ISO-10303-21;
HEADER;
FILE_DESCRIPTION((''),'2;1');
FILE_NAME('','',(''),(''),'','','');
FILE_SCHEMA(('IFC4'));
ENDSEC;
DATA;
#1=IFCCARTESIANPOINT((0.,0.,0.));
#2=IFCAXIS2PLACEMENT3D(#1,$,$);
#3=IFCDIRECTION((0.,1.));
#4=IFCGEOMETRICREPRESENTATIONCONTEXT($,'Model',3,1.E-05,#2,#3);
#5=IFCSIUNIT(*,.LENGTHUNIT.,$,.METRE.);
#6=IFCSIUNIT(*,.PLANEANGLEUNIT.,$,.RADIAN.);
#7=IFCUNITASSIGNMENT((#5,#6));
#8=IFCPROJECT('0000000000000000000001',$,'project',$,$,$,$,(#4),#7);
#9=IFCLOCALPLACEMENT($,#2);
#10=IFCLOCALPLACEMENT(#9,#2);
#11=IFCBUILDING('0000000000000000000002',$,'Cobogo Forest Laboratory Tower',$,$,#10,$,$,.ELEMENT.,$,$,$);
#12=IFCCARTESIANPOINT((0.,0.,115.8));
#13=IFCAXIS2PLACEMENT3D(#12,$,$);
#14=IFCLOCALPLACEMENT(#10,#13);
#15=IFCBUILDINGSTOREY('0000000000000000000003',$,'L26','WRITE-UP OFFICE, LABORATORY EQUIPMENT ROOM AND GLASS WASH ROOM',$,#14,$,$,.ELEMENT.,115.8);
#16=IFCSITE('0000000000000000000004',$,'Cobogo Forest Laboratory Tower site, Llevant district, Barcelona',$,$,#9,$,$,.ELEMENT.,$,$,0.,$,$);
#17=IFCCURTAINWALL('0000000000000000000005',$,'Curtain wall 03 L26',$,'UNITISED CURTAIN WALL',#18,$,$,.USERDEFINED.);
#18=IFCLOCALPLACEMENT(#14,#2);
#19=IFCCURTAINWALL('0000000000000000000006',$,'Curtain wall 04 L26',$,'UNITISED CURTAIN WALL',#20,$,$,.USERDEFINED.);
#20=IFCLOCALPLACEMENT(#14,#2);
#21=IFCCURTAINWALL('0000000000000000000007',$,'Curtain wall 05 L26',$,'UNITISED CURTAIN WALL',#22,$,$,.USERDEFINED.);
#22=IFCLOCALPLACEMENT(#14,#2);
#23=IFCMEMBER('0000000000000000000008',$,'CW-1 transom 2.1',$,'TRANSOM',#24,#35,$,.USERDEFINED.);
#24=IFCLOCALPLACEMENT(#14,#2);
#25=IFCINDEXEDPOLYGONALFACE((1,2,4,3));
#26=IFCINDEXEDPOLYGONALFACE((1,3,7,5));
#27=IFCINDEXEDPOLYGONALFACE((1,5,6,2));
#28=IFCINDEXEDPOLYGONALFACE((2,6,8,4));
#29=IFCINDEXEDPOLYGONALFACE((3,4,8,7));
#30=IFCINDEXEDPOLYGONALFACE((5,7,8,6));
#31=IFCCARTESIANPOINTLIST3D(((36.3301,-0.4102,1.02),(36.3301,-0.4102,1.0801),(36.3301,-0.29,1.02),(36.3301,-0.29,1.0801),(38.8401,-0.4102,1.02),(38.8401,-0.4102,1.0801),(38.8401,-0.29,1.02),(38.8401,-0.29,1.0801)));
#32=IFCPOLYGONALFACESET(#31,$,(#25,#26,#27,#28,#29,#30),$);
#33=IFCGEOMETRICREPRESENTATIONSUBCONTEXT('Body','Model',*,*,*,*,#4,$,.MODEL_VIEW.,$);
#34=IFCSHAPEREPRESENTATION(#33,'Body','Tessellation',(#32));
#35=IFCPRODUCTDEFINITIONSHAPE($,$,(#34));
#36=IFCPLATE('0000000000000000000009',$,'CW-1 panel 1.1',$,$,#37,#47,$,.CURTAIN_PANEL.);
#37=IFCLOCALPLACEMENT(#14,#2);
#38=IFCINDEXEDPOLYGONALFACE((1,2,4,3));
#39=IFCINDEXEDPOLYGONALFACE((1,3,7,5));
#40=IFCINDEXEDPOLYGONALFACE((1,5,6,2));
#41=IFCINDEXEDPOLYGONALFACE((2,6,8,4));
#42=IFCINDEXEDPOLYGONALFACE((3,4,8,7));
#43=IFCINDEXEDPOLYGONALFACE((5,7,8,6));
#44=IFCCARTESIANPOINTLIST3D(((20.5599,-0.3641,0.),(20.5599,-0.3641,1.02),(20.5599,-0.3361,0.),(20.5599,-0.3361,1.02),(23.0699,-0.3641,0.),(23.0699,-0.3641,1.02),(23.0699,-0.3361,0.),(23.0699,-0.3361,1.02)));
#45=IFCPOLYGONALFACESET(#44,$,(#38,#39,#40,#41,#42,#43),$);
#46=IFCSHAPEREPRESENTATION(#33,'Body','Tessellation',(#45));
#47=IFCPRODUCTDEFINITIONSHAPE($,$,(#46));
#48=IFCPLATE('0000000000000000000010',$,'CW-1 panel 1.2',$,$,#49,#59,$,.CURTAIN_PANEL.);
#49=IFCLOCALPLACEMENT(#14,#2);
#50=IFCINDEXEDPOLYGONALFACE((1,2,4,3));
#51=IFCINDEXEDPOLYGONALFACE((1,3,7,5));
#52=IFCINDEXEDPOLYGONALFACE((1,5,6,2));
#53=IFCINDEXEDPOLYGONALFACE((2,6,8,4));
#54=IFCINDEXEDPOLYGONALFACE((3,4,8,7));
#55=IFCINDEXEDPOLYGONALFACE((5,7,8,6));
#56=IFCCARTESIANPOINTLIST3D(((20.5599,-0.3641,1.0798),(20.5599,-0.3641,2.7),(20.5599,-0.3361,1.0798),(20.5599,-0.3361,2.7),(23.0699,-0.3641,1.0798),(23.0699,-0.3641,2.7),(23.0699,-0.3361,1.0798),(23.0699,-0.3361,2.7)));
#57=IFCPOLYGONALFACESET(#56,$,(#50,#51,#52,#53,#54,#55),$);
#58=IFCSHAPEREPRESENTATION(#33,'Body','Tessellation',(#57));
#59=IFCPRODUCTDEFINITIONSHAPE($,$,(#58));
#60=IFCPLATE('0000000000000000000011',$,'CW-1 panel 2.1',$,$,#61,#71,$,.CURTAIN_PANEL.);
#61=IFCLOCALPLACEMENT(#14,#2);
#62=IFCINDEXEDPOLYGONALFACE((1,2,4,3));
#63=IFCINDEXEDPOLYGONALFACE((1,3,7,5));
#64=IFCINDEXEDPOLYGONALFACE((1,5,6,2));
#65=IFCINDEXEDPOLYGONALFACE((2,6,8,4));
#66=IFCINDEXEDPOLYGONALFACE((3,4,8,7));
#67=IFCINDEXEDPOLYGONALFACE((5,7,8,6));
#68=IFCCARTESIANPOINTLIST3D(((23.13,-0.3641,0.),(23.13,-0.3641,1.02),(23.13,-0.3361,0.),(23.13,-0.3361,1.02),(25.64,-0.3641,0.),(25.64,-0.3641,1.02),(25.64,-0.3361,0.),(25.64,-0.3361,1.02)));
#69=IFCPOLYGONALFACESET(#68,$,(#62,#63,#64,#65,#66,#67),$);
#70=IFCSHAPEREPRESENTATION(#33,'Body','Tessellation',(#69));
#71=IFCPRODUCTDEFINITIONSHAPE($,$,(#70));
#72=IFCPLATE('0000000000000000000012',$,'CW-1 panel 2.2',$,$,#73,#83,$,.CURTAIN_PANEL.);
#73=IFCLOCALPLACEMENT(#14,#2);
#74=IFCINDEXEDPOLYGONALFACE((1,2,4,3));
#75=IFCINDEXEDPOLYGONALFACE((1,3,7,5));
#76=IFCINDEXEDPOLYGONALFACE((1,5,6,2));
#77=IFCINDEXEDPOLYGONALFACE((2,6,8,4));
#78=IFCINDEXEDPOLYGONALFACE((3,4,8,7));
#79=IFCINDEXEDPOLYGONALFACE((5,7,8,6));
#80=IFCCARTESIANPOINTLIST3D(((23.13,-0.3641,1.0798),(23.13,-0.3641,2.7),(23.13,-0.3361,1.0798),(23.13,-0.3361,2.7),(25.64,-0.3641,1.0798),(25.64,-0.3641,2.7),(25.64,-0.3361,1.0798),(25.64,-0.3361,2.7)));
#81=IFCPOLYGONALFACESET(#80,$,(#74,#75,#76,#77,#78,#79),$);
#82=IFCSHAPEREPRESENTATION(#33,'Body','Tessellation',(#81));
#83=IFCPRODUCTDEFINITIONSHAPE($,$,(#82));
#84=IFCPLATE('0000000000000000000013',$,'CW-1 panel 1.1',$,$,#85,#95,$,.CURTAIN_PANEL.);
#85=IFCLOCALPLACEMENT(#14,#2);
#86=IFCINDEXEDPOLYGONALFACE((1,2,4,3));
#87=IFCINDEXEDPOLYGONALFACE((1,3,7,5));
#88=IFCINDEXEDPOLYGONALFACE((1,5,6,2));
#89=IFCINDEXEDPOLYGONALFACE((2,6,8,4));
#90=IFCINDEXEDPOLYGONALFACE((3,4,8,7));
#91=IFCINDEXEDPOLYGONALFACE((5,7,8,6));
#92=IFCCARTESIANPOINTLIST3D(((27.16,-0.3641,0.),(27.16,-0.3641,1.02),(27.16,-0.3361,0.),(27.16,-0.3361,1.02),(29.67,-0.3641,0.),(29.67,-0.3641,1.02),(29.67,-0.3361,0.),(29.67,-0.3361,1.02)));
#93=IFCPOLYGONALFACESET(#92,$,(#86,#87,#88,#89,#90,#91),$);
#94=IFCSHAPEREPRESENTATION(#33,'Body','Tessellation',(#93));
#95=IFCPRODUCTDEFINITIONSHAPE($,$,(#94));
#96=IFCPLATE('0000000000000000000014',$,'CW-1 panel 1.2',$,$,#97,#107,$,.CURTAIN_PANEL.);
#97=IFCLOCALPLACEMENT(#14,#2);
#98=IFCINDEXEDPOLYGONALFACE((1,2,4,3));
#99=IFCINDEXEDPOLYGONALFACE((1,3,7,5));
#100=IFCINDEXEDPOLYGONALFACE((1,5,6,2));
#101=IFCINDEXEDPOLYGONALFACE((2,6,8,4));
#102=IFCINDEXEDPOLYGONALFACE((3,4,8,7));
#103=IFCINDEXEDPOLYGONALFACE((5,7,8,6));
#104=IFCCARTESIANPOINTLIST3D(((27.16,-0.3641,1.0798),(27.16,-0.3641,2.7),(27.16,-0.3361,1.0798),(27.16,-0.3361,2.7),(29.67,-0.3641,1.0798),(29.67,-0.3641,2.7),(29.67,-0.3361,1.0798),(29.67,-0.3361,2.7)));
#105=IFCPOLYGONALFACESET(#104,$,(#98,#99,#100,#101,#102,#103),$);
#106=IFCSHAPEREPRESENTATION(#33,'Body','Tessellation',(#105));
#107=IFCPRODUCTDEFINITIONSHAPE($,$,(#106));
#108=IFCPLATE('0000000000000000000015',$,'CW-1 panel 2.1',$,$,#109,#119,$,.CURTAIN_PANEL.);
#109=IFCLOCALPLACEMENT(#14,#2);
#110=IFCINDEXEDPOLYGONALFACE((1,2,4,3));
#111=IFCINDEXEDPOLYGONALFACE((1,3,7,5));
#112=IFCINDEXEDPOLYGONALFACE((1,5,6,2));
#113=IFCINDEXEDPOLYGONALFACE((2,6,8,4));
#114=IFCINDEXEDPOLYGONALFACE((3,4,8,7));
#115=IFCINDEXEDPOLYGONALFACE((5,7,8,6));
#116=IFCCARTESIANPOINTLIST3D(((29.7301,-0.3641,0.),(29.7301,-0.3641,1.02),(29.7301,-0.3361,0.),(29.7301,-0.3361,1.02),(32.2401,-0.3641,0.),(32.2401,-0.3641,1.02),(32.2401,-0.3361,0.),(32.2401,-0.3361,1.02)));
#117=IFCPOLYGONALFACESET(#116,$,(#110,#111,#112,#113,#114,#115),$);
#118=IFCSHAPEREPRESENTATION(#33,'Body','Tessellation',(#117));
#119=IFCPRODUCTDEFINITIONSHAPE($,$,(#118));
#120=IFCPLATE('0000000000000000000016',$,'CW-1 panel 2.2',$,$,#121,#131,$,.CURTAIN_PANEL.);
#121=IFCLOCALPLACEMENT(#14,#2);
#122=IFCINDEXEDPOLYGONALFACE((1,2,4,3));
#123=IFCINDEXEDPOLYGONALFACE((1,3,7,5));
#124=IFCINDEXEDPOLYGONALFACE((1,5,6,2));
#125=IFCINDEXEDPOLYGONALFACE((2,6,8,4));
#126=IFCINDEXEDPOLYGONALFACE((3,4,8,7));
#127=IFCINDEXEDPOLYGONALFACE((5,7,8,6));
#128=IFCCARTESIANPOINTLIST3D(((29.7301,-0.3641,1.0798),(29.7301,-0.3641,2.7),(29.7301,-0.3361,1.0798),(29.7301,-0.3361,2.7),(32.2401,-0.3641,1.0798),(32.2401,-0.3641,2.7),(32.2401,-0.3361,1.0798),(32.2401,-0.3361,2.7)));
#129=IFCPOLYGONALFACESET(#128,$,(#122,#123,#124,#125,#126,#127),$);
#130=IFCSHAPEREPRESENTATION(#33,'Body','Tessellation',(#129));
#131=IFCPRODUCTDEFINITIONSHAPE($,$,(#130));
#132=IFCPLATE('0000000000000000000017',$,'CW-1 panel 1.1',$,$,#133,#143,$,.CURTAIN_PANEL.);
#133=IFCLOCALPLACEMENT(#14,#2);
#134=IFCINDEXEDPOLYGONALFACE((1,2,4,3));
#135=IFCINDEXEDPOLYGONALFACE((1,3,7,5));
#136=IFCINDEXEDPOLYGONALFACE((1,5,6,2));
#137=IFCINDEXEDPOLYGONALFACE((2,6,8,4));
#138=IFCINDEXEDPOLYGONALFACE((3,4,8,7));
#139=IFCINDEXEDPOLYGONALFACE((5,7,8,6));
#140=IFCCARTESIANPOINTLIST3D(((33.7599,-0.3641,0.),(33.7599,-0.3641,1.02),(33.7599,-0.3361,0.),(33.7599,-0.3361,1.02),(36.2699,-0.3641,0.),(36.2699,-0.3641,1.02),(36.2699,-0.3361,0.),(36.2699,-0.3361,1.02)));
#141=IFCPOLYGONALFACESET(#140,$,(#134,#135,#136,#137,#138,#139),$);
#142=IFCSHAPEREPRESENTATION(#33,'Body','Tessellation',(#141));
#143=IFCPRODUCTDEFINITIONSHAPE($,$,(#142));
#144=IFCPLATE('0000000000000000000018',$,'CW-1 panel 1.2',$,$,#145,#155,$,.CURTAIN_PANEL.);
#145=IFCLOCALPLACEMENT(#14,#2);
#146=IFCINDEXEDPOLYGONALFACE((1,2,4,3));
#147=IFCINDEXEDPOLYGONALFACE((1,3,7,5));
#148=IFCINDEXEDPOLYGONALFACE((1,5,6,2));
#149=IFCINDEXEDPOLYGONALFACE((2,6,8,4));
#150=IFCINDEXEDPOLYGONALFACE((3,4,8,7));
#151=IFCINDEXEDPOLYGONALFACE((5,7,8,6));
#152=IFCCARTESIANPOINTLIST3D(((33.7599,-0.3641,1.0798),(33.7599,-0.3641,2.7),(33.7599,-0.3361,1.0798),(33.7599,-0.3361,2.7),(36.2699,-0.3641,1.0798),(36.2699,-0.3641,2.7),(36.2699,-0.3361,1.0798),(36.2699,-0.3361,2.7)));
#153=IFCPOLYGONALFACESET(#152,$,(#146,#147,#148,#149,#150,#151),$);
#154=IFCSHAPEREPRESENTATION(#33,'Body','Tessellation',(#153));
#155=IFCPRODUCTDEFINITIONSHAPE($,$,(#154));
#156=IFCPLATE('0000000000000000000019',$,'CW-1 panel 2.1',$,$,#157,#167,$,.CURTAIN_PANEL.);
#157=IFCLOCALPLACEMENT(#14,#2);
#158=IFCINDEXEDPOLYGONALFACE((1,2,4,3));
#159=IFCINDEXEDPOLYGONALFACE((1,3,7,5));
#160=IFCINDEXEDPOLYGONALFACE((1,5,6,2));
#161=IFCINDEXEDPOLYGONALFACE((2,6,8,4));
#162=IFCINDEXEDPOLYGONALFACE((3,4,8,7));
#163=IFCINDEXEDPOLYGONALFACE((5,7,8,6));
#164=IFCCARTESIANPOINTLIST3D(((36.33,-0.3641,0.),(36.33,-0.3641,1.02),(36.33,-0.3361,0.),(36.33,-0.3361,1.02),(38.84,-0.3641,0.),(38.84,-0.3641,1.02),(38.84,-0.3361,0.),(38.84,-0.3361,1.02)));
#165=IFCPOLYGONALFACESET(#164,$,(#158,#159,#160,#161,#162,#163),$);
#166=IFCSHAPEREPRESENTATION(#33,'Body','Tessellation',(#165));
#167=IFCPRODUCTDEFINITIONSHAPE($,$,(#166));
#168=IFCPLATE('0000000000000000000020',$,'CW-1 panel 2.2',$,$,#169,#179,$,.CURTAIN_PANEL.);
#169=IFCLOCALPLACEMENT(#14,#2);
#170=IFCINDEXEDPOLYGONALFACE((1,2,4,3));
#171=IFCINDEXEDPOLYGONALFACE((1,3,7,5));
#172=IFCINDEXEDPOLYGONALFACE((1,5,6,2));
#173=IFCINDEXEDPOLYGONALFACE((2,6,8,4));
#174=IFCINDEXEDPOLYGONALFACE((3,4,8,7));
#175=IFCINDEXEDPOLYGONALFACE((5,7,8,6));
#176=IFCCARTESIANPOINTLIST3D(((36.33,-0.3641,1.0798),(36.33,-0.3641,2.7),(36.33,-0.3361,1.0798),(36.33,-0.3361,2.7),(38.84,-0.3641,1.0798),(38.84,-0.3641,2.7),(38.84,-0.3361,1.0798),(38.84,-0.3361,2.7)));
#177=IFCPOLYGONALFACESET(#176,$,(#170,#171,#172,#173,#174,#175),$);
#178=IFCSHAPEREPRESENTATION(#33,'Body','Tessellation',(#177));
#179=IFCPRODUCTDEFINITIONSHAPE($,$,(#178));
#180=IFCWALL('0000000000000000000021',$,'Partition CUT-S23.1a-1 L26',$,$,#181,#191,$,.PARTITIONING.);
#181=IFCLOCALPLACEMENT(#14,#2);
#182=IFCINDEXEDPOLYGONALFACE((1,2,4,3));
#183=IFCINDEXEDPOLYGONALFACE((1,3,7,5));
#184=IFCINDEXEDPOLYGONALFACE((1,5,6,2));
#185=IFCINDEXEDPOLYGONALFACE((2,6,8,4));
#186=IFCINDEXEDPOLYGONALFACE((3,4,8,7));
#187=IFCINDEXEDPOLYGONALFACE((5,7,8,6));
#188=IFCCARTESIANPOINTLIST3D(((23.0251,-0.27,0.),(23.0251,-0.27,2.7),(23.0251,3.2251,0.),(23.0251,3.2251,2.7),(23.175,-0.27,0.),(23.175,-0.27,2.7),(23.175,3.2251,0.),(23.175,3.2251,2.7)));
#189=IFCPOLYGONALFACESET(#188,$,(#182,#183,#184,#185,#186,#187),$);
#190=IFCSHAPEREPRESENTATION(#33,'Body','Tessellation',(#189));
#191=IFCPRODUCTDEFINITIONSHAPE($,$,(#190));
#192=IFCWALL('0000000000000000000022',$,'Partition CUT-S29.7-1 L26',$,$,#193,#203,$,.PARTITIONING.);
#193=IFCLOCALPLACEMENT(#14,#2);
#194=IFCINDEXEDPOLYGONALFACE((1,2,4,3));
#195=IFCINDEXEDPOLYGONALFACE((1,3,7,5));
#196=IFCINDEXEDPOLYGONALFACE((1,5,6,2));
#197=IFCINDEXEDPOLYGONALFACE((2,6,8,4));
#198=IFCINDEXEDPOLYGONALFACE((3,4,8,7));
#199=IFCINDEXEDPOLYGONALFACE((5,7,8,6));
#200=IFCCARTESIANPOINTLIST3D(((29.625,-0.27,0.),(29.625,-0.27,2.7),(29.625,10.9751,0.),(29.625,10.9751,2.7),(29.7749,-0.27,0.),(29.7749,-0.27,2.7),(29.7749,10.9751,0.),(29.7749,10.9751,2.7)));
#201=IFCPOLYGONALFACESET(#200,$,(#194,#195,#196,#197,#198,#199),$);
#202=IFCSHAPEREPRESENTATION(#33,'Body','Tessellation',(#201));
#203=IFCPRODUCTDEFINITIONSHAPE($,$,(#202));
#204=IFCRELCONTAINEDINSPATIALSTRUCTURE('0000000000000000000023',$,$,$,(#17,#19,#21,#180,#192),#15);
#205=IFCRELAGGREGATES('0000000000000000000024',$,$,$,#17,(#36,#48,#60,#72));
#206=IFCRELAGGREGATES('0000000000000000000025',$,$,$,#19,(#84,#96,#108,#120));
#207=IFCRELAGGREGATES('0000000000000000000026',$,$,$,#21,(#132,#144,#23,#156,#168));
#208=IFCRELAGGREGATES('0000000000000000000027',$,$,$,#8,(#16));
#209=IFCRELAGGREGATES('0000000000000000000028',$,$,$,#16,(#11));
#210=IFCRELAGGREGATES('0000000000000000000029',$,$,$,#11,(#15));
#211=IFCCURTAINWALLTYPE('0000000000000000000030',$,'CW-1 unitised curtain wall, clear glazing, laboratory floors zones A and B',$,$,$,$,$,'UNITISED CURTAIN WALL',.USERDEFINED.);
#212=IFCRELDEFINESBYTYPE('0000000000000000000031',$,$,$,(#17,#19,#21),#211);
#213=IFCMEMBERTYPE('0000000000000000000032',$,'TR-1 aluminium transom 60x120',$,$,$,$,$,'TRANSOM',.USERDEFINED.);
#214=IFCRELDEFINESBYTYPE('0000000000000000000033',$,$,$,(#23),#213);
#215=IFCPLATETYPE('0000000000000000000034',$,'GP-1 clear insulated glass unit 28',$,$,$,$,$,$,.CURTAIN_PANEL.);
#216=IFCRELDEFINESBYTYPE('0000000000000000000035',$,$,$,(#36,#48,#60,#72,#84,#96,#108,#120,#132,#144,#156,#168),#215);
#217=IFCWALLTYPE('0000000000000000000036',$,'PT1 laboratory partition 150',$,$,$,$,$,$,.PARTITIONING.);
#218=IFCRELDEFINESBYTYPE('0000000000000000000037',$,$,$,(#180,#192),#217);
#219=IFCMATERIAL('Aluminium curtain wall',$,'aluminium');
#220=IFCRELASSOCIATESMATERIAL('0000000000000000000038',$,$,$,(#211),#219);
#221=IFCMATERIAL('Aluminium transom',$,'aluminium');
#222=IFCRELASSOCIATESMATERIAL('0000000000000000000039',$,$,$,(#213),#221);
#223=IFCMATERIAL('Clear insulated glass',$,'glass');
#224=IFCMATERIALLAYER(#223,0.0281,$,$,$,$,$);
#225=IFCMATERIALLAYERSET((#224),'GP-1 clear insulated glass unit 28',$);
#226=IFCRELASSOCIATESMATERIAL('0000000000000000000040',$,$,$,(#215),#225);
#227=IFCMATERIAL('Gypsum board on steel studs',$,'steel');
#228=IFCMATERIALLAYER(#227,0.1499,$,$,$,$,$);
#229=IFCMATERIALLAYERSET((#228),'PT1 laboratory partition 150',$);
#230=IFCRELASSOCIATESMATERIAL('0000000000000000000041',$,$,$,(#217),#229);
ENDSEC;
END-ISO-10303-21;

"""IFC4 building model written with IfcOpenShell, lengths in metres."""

from ifc_helpers import new_model, si_unit, direction, frame, frame_2d, origin, origin_2d, place, context, subcontext, project, spatial, rectangle, extrude, material, layer, layer_set, material_profile, profile_set, type_object, element, aggregate, save


model = new_model("IFC4")

# Units and contexts
model_context = context("Model", 3, precision=1e-05, world=origin(), true_north=direction((0.0, 1.0)))
body_context = subcontext(model_context, "Body", "Model", "MODEL_VIEW")
ifc_project = project(units=[si_unit("LENGTHUNIT", "METRE"), si_unit("PLANEANGLEUNIT", "RADIAN")], contexts=[model_context])

# Site, building, storey
site_placement = place(None, origin())
site = spatial("IfcSite", under=ifc_project, at=site_placement, Name="Cobogo Forest Laboratory Tower site, Llevant district, Barcelona", CompositionType="ELEMENT", RefElevation=0.0)
building_placement = place(site_placement, origin())
building = spatial("IfcBuilding", under=site, at=building_placement, Name="Cobogo Forest Laboratory Tower", CompositionType="ELEMENT")
storey_placement = place(building_placement, frame((0.0, 0.0, 115.8)))
storey = spatial("IfcBuildingStorey", under=building, at=storey_placement, Name="L26", Description="WRITE-UP OFFICE, LABORATORY EQUIPMENT ROOM AND GLASS WASH ROOM", CompositionType="ELEMENT", Elevation=115.8)

# Curtain walls
ifc_material_1 = material(Name="Aluminium curtain wall", Category="aluminium")
curtain_wall_type = type_object("IfcCurtainWallType", Name="CW-1 unitised curtain wall, clear glazing, laboratory floors zones A and B", ElementType="UNITISED CURTAIN WALL", PredefinedType="USERDEFINED", material=ifc_material_1)
curtain_wall_1_placement = place(storey_placement, origin())
curtain_wall_1 = element("IfcCurtainWall", 1, at=curtain_wall_1_placement, inside=storey, type_object=curtain_wall_type, Name="Curtain wall 03 L26", ObjectType="UNITISED CURTAIN WALL", PredefinedType="USERDEFINED")
curtain_wall_2_placement = place(storey_placement, origin())
curtain_wall_2 = element("IfcCurtainWall", 2, at=curtain_wall_2_placement, inside=storey, type_object=curtain_wall_type, Name="Curtain wall 04 L26", ObjectType="UNITISED CURTAIN WALL", PredefinedType="USERDEFINED")
curtain_wall_3_placement = place(storey_placement, origin())
curtain_wall_3 = element("IfcCurtainWall", 3, at=curtain_wall_3_placement, inside=storey, type_object=curtain_wall_type, Name="Curtain wall 05 L26", ObjectType="UNITISED CURTAIN WALL", PredefinedType="USERDEFINED")

# Member
ifc_material_2 = material(Name="Aluminium transom", Category="aluminium")
ifc_material_profile_1 = material_profile(ifc_material_2, rectangle(XDim=0.1201, YDim=0.0601, at=origin_2d()), Name="AL 60x120")
ifc_profile_set_1 = profile_set([ifc_material_profile_1], Name="Aluminium transom")
member_type_1 = type_object("IfcMemberType", Name="TR-1 aluminium transom 60x120", ElementType="TRANSOM", PredefinedType="USERDEFINED", material=ifc_profile_set_1)
member_1_placement = place(storey_placement, frame((36.3301, -0.3501, 1.05), z_axis=(1.0, 0.0, 0.0), x_axis=(0.0, 1.0, 0.0)))
member_1 = element("IfcMember", 4, at=member_1_placement, type_object=member_type_1, Name="CW-1 transom 2.1", ObjectType="TRANSOM", PredefinedType="USERDEFINED", context=body_context, shape_type="SweptSolid", body=[
    extrude(rectangle(XDim=0.1201, YDim=0.0601, at=origin_2d()), origin(), (0.0, 0.0, 1.0), 2.51),
])

# Plates
ifc_material_3 = material(Name="Clear insulated glass", Category="glass")
ifc_layer_1 = layer(ifc_material_3, 0.0281)
ifc_layer_set_1 = layer_set([ifc_layer_1], Name="GP-1 clear insulated glass unit 28")
plate_type_1 = type_object("IfcPlateType", Name="GP-1 clear insulated glass unit 28", PredefinedType="CURTAIN_PANEL", material=ifc_layer_set_1)
plate_1_placement = place(storey_placement, frame((21.8149, -0.3501, 0.0), z_axis=(0.0, 0.0, 1.0), x_axis=(1.0, 0.0, 0.0)))
plate_1 = element("IfcPlate", 5, at=plate_1_placement, type_object=plate_type_1, Name="CW-1 panel 1.1", PredefinedType="CURTAIN_PANEL", context=body_context, shape_type="SweptSolid", body=[
    extrude(rectangle(XDim=2.51, YDim=0.0281, at=origin_2d()), origin(), (0.0, 0.0, 1.0), 1.02),
])
plate_2_placement = place(storey_placement, frame((21.8149, -0.3501, 1.0798), z_axis=(0.0, 0.0, 1.0), x_axis=(1.0, 0.0, 0.0)))
plate_2 = element("IfcPlate", 6, at=plate_2_placement, type_object=plate_type_1, Name="CW-1 panel 1.2", PredefinedType="CURTAIN_PANEL", context=body_context, shape_type="SweptSolid", body=[
    extrude(rectangle(XDim=2.51, YDim=0.0281, at=origin_2d()), origin(), (0.0, 0.0, 1.0), 1.6201),
])
plate_3_placement = place(storey_placement, frame((24.385, -0.3501, 0.0), z_axis=(0.0, 0.0, 1.0), x_axis=(1.0, 0.0, 0.0)))
plate_3 = element("IfcPlate", 7, at=plate_3_placement, type_object=plate_type_1, Name="CW-1 panel 2.1", PredefinedType="CURTAIN_PANEL", context=body_context, shape_type="SweptSolid", body=[
    extrude(rectangle(XDim=2.51, YDim=0.0281, at=origin_2d()), origin(), (0.0, 0.0, 1.0), 1.02),
])
plate_4_placement = place(storey_placement, frame((24.385, -0.3501, 1.0798), z_axis=(0.0, 0.0, 1.0), x_axis=(1.0, 0.0, 0.0)))
plate_4 = element("IfcPlate", 8, at=plate_4_placement, type_object=plate_type_1, Name="CW-1 panel 2.2", PredefinedType="CURTAIN_PANEL", context=body_context, shape_type="SweptSolid", body=[
    extrude(rectangle(XDim=2.51, YDim=0.0281, at=origin_2d()), origin(), (0.0, 0.0, 1.0), 1.6201),
])
aggregate(curtain_wall_1, [plate_1, plate_2, plate_3, plate_4])
plate_5_placement = place(storey_placement, frame((28.415, -0.3501, 0.0), z_axis=(0.0, 0.0, 1.0), x_axis=(1.0, 0.0, 0.0)))
plate_5 = element("IfcPlate", 9, at=plate_5_placement, type_object=plate_type_1, Name="CW-1 panel 1.1", PredefinedType="CURTAIN_PANEL", context=body_context, shape_type="SweptSolid", body=[
    extrude(rectangle(XDim=2.51, YDim=0.0281, at=origin_2d()), origin(), (0.0, 0.0, 1.0), 1.02),
])
plate_6_placement = place(storey_placement, frame((28.415, -0.3501, 1.0798), z_axis=(0.0, 0.0, 1.0), x_axis=(1.0, 0.0, 0.0)))
plate_6 = element("IfcPlate", 10, at=plate_6_placement, type_object=plate_type_1, Name="CW-1 panel 1.2", PredefinedType="CURTAIN_PANEL", context=body_context, shape_type="SweptSolid", body=[
    extrude(rectangle(XDim=2.51, YDim=0.0281, at=origin_2d()), origin(), (0.0, 0.0, 1.0), 1.6201),
])
plate_7_placement = place(storey_placement, frame((30.9851, -0.3501, 0.0), z_axis=(0.0, 0.0, 1.0), x_axis=(1.0, 0.0, 0.0)))
plate_7 = element("IfcPlate", 11, at=plate_7_placement, type_object=plate_type_1, Name="CW-1 panel 2.1", PredefinedType="CURTAIN_PANEL", context=body_context, shape_type="SweptSolid", body=[
    extrude(rectangle(XDim=2.51, YDim=0.0281, at=origin_2d()), origin(), (0.0, 0.0, 1.0), 1.02),
])
plate_8_placement = place(storey_placement, frame((30.9851, -0.3501, 1.0798), z_axis=(0.0, 0.0, 1.0), x_axis=(1.0, 0.0, 0.0)))
plate_8 = element("IfcPlate", 12, at=plate_8_placement, type_object=plate_type_1, Name="CW-1 panel 2.2", PredefinedType="CURTAIN_PANEL", context=body_context, shape_type="SweptSolid", body=[
    extrude(rectangle(XDim=2.51, YDim=0.0281, at=origin_2d()), origin(), (0.0, 0.0, 1.0), 1.6201),
])
aggregate(curtain_wall_2, [plate_5, plate_6, plate_7, plate_8])
plate_9_placement = place(storey_placement, frame((35.0149, -0.3501, 0.0), z_axis=(0.0, 0.0, 1.0), x_axis=(1.0, 0.0, 0.0)))
plate_9 = element("IfcPlate", 13, at=plate_9_placement, type_object=plate_type_1, Name="CW-1 panel 1.1", PredefinedType="CURTAIN_PANEL", context=body_context, shape_type="SweptSolid", body=[
    extrude(rectangle(XDim=2.51, YDim=0.0281, at=origin_2d()), origin(), (0.0, 0.0, 1.0), 1.02),
])
plate_10_placement = place(storey_placement, frame((35.0149, -0.3501, 1.0798), z_axis=(0.0, 0.0, 1.0), x_axis=(1.0, 0.0, 0.0)))
plate_10 = element("IfcPlate", 14, at=plate_10_placement, type_object=plate_type_1, Name="CW-1 panel 1.2", PredefinedType="CURTAIN_PANEL", context=body_context, shape_type="SweptSolid", body=[
    extrude(rectangle(XDim=2.51, YDim=0.0281, at=origin_2d()), origin(), (0.0, 0.0, 1.0), 1.6201),
])
plate_11_placement = place(storey_placement, frame((37.585, -0.3501, 0.0), z_axis=(0.0, 0.0, 1.0), x_axis=(1.0, 0.0, 0.0)))
plate_11 = element("IfcPlate", 15, at=plate_11_placement, type_object=plate_type_1, Name="CW-1 panel 2.1", PredefinedType="CURTAIN_PANEL", context=body_context, shape_type="SweptSolid", body=[
    extrude(rectangle(XDim=2.51, YDim=0.0281, at=origin_2d()), origin(), (0.0, 0.0, 1.0), 1.02),
])
plate_12_placement = place(storey_placement, frame((37.585, -0.3501, 1.0798), z_axis=(0.0, 0.0, 1.0), x_axis=(1.0, 0.0, 0.0)))
plate_12 = element("IfcPlate", 16, at=plate_12_placement, type_object=plate_type_1, Name="CW-1 panel 2.2", PredefinedType="CURTAIN_PANEL", context=body_context, shape_type="SweptSolid", body=[
    extrude(rectangle(XDim=2.51, YDim=0.0281, at=origin_2d()), origin(), (0.0, 0.0, 1.0), 1.6201),
])
aggregate(curtain_wall_3, [plate_9, plate_10, member_1, plate_11, plate_12])

# Walls
ifc_material_4 = material(Name="Gypsum board on steel studs", Category="steel")
ifc_layer_2 = layer(ifc_material_4, 0.1499)
ifc_layer_set_2 = layer_set([ifc_layer_2], Name="PT1 laboratory partition 150")
wall_type = type_object("IfcWallType", Name="PT1 laboratory partition 150", PredefinedType="PARTITIONING", material=ifc_layer_set_2)
wall_1_placement = place(storey_placement, frame((23.1001, -0.27, 0.0), z_axis=(0.0, 0.0, 1.0), x_axis=(0.0, 1.0, 0.0)))
element("IfcWall", 17, at=wall_1_placement, inside=storey, type_object=wall_type, Name="Partition CUT-S23.1a-1 L26", PredefinedType="PARTITIONING", context=body_context, shape_type="SweptSolid", body=[
    extrude(rectangle(XDim=3.4951, YDim=0.1499, at=frame_2d((1.7476, 0.0))), origin(), (0.0, 0.0, 1.0), 2.7),
])
wall_2_placement = place(storey_placement, frame((29.7, -0.27, 0.0), z_axis=(0.0, 0.0, 1.0), x_axis=(0.0, 1.0, 0.0)))
element("IfcWall", 18, at=wall_2_placement, inside=storey, type_object=wall_type, Name="Partition CUT-S29.7-1 L26", PredefinedType="PARTITIONING", context=body_context, shape_type="SweptSolid", body=[
    extrude(rectangle(XDim=11.2451, YDim=0.1499, at=frame_2d((5.6226, 0.0))), origin(), (0.0, 0.0, 1.0), 2.7),
])

save(model, "model.ifc")
